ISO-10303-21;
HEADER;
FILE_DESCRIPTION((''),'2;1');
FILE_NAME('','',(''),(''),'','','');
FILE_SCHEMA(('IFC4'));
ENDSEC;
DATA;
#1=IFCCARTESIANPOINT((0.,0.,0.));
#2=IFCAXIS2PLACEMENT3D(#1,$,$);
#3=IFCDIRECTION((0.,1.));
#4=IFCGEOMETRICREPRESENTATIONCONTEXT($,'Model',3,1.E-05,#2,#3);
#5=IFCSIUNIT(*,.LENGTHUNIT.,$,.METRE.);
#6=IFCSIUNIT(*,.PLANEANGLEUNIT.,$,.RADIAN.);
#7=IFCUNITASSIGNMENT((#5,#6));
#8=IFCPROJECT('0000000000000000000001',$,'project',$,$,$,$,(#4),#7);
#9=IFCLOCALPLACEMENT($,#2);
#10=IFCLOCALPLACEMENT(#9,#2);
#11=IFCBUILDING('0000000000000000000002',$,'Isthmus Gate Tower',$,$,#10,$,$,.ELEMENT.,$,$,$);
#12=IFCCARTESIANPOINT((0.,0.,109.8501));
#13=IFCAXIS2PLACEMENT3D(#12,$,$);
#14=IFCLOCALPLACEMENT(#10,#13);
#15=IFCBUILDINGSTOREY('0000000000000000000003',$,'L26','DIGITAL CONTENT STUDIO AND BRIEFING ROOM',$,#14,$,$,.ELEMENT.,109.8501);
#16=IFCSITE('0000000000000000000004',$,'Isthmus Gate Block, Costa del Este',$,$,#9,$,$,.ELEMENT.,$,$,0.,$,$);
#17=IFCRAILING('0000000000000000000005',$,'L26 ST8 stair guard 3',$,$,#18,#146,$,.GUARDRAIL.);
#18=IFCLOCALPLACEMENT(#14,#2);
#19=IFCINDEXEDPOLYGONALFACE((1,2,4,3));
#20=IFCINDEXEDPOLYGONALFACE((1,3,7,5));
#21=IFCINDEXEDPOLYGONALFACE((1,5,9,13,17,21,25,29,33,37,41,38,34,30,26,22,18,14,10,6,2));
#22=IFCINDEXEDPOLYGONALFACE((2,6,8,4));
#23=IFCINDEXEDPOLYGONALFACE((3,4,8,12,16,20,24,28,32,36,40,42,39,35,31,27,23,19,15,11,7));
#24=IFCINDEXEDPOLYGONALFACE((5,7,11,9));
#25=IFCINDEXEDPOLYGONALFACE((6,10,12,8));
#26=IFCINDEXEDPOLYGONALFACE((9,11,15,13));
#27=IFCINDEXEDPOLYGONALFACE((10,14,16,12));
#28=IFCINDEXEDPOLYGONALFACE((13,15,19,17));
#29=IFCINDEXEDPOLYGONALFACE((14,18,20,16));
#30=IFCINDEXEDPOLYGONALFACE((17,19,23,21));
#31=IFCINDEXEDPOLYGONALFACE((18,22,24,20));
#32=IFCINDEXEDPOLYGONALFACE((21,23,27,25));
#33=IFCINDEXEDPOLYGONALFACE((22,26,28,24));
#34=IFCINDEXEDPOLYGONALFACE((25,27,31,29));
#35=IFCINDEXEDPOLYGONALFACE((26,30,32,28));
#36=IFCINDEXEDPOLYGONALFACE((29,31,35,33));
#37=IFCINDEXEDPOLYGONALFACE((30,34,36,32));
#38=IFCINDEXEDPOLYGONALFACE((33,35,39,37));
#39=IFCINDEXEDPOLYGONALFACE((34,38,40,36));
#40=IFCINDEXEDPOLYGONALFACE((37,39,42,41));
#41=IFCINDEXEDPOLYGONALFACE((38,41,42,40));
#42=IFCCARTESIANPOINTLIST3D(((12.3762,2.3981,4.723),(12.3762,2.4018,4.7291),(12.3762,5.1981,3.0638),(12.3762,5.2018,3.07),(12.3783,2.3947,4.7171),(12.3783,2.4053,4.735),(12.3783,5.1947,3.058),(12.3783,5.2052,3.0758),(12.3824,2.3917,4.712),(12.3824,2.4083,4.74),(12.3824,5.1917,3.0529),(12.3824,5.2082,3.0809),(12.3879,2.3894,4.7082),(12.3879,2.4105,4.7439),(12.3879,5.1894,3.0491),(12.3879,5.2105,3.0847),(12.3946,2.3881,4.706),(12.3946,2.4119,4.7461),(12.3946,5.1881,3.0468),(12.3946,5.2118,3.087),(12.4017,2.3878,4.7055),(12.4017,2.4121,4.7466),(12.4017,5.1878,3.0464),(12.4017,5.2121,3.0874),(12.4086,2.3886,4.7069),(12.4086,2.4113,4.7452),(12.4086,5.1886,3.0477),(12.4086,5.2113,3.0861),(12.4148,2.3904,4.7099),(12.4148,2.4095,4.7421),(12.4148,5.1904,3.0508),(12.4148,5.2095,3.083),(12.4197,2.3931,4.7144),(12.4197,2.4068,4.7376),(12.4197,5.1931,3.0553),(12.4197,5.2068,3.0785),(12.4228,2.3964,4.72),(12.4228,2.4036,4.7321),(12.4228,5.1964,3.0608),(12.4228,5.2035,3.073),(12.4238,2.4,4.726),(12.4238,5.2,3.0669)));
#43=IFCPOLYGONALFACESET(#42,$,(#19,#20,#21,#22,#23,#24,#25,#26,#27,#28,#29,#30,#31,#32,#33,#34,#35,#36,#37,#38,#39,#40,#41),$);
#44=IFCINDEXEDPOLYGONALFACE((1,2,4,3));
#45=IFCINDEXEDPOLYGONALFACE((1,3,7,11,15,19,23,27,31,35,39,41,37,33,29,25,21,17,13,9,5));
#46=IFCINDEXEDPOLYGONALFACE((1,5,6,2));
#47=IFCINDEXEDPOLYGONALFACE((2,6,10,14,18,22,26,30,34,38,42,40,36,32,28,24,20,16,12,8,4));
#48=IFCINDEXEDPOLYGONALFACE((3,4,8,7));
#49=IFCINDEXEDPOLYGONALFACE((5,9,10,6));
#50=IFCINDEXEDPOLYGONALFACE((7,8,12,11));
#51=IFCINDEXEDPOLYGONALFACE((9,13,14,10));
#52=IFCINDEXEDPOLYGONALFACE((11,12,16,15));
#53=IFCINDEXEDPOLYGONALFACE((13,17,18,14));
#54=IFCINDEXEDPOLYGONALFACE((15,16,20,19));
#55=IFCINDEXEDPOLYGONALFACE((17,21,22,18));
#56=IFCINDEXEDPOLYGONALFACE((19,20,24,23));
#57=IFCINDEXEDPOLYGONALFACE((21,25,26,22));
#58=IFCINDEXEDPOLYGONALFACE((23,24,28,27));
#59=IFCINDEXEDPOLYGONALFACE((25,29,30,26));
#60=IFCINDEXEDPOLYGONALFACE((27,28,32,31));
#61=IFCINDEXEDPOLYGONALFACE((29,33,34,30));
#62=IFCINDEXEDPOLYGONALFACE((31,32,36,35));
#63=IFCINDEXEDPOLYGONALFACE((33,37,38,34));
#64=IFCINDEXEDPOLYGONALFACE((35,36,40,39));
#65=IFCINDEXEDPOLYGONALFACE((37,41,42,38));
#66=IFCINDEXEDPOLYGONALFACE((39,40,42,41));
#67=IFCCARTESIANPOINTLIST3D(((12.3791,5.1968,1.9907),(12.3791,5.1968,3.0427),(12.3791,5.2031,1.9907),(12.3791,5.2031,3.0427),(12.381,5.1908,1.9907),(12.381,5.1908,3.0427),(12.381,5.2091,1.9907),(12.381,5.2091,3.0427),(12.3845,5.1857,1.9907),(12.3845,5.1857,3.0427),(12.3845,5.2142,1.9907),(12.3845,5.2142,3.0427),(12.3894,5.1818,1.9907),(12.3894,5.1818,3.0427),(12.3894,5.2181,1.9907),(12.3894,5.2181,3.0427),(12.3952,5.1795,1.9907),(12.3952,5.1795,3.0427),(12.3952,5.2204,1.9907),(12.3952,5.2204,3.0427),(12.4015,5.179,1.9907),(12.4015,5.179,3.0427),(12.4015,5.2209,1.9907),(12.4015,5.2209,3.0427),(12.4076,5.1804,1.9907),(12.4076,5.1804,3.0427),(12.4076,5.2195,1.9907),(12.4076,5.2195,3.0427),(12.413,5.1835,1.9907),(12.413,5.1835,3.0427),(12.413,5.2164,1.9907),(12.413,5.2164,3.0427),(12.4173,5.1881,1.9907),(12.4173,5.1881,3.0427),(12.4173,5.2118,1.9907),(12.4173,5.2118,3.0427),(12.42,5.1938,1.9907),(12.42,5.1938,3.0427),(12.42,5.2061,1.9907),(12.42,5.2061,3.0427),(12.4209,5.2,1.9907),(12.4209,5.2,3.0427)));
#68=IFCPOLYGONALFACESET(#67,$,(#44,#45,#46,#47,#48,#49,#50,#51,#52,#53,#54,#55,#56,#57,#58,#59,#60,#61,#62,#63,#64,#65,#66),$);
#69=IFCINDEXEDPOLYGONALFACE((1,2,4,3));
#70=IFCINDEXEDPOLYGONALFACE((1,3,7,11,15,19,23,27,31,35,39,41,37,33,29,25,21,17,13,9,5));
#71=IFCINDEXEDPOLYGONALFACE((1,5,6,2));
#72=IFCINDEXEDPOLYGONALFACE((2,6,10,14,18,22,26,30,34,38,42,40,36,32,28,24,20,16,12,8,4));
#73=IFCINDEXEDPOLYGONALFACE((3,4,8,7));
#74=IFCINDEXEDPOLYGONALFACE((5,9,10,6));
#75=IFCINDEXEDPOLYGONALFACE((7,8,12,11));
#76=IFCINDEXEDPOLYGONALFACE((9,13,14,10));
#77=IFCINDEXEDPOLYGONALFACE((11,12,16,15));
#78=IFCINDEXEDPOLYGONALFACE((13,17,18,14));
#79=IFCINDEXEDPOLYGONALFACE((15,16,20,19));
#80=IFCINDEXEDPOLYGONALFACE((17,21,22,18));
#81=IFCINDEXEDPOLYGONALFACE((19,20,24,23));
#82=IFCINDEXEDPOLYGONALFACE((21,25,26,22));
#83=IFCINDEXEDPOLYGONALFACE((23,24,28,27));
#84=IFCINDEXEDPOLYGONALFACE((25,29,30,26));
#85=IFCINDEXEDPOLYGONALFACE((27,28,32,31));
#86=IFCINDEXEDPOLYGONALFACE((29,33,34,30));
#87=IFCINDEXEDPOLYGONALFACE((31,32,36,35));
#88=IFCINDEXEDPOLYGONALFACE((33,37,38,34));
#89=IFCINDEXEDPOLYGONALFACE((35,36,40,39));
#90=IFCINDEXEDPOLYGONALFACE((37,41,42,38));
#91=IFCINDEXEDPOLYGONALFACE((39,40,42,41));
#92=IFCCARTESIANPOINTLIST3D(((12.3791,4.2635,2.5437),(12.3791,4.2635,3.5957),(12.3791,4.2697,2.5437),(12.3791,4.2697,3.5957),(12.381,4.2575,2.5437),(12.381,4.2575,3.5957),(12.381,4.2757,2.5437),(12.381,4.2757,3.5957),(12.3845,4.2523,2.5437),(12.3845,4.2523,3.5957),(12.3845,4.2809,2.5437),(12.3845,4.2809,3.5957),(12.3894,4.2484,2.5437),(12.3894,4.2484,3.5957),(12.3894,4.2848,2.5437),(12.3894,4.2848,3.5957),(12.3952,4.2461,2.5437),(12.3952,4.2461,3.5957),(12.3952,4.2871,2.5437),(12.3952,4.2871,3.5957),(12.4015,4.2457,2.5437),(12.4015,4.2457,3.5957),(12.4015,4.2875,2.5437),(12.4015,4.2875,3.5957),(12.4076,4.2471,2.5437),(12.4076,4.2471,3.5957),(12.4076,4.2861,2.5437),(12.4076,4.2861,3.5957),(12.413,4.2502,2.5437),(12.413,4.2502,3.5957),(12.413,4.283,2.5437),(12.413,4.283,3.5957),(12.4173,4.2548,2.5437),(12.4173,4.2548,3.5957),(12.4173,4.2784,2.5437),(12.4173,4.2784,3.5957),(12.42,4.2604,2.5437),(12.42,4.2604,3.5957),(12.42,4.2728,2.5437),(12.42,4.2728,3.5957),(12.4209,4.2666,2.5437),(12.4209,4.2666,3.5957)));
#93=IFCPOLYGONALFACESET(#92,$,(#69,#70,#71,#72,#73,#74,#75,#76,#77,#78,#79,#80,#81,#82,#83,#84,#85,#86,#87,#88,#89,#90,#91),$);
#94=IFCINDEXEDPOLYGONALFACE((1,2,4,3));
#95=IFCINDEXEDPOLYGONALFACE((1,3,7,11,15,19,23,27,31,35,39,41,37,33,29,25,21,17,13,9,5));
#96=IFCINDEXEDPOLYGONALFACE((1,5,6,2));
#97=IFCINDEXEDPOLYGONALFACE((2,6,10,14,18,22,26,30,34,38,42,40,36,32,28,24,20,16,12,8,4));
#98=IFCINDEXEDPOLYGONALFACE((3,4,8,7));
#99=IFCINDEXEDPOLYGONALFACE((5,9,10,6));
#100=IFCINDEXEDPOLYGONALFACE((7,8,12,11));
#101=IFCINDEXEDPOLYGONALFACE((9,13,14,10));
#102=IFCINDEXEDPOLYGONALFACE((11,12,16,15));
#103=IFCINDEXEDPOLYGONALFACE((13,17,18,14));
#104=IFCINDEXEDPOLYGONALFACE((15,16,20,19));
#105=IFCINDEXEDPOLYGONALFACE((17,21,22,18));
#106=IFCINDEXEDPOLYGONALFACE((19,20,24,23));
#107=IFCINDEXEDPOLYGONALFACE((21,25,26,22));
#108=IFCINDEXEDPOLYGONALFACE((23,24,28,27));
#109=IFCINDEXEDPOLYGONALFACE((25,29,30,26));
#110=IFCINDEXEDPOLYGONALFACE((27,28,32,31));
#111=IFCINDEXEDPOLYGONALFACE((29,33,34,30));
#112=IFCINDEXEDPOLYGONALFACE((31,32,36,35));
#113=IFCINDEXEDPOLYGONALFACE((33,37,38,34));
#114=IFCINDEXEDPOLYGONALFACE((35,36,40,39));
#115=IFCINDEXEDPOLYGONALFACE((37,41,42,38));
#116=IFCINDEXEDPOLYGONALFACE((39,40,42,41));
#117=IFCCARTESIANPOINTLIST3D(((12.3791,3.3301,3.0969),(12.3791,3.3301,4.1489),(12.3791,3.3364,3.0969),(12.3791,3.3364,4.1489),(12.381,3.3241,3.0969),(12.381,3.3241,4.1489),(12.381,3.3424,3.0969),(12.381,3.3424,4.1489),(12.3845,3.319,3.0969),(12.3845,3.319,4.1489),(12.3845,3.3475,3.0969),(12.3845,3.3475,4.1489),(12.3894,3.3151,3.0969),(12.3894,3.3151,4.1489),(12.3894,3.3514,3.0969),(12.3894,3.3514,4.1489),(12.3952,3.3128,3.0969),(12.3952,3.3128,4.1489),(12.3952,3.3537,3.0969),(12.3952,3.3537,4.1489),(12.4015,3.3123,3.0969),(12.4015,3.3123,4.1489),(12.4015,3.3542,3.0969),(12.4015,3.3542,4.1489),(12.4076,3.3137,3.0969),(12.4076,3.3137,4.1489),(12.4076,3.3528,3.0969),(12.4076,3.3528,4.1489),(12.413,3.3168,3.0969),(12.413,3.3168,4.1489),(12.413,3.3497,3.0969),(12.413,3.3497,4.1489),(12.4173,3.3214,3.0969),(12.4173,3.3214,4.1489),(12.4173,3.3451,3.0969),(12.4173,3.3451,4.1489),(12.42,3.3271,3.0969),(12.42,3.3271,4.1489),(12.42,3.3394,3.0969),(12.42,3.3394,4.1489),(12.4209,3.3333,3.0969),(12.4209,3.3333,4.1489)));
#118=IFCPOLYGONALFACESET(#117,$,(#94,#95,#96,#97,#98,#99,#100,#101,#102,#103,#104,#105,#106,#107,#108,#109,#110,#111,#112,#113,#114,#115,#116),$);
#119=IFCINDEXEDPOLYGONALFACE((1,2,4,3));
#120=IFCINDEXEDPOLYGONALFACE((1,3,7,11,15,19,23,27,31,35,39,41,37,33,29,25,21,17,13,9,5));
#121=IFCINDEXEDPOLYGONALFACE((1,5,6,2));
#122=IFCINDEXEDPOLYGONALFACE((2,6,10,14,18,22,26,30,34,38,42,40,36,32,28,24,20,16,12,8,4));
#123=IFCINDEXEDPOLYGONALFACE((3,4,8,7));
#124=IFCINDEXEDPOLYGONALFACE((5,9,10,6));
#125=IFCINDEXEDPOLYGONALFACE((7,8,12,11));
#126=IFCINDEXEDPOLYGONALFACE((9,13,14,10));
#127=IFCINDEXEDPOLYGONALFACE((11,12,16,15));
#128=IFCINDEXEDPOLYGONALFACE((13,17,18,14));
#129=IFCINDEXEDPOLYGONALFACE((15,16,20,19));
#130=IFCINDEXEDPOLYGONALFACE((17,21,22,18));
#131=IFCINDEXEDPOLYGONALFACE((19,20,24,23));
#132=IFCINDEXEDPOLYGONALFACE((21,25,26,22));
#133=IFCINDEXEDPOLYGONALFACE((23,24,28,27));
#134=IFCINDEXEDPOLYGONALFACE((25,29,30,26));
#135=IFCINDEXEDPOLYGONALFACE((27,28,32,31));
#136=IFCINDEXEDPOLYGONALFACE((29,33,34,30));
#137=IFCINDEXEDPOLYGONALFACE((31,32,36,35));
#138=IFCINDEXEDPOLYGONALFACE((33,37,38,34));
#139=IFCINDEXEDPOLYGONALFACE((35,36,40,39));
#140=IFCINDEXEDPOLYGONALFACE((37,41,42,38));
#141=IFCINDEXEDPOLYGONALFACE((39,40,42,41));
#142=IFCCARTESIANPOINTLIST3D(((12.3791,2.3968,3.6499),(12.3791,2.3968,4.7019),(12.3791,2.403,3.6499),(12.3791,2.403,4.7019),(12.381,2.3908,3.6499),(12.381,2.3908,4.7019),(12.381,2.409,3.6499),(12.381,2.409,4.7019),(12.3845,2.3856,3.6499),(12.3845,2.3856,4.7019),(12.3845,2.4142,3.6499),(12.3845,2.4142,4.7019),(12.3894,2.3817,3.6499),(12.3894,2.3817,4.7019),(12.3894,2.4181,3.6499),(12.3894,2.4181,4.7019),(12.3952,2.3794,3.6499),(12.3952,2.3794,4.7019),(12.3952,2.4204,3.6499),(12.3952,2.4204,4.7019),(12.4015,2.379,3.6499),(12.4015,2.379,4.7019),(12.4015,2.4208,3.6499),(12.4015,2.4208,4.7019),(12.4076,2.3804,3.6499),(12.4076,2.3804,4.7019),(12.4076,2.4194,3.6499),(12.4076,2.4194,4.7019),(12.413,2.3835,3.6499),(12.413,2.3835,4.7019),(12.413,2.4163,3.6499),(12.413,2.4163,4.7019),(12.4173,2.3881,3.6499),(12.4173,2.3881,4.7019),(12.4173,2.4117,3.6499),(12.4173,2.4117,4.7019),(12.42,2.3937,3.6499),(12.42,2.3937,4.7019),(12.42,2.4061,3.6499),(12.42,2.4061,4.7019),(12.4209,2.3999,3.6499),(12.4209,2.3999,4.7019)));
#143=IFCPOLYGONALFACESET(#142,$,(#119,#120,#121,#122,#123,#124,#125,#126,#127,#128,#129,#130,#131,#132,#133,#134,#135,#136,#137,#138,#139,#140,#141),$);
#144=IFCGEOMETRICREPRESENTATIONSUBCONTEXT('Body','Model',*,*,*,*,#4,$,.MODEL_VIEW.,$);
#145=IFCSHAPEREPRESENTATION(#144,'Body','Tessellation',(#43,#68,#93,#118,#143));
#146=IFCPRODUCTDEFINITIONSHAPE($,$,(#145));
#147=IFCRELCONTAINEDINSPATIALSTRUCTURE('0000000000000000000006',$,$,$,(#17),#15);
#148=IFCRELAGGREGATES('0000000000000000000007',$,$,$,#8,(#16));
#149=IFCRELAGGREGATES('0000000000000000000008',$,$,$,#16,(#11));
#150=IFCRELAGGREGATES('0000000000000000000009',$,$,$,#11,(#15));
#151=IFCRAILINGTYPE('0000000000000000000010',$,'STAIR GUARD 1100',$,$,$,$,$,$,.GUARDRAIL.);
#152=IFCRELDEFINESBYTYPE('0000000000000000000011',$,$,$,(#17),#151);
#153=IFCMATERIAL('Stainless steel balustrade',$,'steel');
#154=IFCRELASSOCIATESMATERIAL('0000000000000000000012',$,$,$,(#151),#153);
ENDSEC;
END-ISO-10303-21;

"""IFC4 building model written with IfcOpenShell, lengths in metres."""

from ifc_helpers import new_model, si_unit, direction, frame, origin, origin_2d, place, context, subcontext, project, spatial, circle, extrude, material, type_object, element, save


model = new_model("IFC4")

# Units and contexts
model_context = context("Model", 3, precision=1e-05, world=origin(), true_north=direction((0.0, 1.0)))
body_context = subcontext(model_context, "Body", "Model", "MODEL_VIEW")
ifc_project = project(units=[si_unit("LENGTHUNIT", "METRE"), si_unit("PLANEANGLEUNIT", "RADIAN")], contexts=[model_context])

# Site, building, storey
site_placement = place(None, origin())
site = spatial("IfcSite", under=ifc_project, at=site_placement, Name="Isthmus Gate Block, Costa del Este", CompositionType="ELEMENT", RefElevation=0.0)
building_placement = place(site_placement, origin())
building = spatial("IfcBuilding", under=site, at=building_placement, Name="Isthmus Gate Tower", CompositionType="ELEMENT")
storey_placement = place(building_placement, frame((0.0, 0.0, 109.8501)))
storey = spatial("IfcBuildingStorey", under=building, at=storey_placement, Name="L26", Description="DIGITAL CONTENT STUDIO AND BRIEFING ROOM", CompositionType="ELEMENT", Elevation=109.8501)

# Railing
ifc_material_1 = material(Name="Stainless steel balustrade", Category="steel")
railing_type_1 = type_object("IfcRailingType", Name="STAIR GUARD 1100", PredefinedType="GUARDRAIL", material=ifc_material_1)
railing_1_placement = place(storey_placement, frame((12.3999, 5.2, 1.9907)))
element("IfcRailing", 1, at=railing_1_placement, inside=storey, type_object=railing_type_1, Name="L26 ST8 stair guard 3", PredefinedType="GUARDRAIL", context=body_context, shape_type="SweptSolid", body=[
    extrude(circle(Radius=0.0239, at=origin_2d()), frame((0.0, 0.0, 1.0762), z_axis=(0.0, -0.860306, 0.509778), x_axis=(1.0, 0.0, 0.0)), (0.0, 0.0, 1.0), 3.2546),
    extrude(circle(Radius=0.021, at=origin_2d()), origin(), (0.0, 0.0, 1.0), 1.052),
    extrude(circle(Radius=0.021, at=origin_2d()), frame((0.0, -0.9333, 0.553)), (0.0, 0.0, 1.0), 1.052),
    extrude(circle(Radius=0.021, at=origin_2d()), frame((0.0, -1.8667, 1.1062)), (0.0, 0.0, 1.0), 1.052),
    extrude(circle(Radius=0.021, at=origin_2d()), frame((0.0, -2.8, 1.6592)), (0.0, 0.0, 1.0), 1.052),
])

save(model, "model.ifc")
